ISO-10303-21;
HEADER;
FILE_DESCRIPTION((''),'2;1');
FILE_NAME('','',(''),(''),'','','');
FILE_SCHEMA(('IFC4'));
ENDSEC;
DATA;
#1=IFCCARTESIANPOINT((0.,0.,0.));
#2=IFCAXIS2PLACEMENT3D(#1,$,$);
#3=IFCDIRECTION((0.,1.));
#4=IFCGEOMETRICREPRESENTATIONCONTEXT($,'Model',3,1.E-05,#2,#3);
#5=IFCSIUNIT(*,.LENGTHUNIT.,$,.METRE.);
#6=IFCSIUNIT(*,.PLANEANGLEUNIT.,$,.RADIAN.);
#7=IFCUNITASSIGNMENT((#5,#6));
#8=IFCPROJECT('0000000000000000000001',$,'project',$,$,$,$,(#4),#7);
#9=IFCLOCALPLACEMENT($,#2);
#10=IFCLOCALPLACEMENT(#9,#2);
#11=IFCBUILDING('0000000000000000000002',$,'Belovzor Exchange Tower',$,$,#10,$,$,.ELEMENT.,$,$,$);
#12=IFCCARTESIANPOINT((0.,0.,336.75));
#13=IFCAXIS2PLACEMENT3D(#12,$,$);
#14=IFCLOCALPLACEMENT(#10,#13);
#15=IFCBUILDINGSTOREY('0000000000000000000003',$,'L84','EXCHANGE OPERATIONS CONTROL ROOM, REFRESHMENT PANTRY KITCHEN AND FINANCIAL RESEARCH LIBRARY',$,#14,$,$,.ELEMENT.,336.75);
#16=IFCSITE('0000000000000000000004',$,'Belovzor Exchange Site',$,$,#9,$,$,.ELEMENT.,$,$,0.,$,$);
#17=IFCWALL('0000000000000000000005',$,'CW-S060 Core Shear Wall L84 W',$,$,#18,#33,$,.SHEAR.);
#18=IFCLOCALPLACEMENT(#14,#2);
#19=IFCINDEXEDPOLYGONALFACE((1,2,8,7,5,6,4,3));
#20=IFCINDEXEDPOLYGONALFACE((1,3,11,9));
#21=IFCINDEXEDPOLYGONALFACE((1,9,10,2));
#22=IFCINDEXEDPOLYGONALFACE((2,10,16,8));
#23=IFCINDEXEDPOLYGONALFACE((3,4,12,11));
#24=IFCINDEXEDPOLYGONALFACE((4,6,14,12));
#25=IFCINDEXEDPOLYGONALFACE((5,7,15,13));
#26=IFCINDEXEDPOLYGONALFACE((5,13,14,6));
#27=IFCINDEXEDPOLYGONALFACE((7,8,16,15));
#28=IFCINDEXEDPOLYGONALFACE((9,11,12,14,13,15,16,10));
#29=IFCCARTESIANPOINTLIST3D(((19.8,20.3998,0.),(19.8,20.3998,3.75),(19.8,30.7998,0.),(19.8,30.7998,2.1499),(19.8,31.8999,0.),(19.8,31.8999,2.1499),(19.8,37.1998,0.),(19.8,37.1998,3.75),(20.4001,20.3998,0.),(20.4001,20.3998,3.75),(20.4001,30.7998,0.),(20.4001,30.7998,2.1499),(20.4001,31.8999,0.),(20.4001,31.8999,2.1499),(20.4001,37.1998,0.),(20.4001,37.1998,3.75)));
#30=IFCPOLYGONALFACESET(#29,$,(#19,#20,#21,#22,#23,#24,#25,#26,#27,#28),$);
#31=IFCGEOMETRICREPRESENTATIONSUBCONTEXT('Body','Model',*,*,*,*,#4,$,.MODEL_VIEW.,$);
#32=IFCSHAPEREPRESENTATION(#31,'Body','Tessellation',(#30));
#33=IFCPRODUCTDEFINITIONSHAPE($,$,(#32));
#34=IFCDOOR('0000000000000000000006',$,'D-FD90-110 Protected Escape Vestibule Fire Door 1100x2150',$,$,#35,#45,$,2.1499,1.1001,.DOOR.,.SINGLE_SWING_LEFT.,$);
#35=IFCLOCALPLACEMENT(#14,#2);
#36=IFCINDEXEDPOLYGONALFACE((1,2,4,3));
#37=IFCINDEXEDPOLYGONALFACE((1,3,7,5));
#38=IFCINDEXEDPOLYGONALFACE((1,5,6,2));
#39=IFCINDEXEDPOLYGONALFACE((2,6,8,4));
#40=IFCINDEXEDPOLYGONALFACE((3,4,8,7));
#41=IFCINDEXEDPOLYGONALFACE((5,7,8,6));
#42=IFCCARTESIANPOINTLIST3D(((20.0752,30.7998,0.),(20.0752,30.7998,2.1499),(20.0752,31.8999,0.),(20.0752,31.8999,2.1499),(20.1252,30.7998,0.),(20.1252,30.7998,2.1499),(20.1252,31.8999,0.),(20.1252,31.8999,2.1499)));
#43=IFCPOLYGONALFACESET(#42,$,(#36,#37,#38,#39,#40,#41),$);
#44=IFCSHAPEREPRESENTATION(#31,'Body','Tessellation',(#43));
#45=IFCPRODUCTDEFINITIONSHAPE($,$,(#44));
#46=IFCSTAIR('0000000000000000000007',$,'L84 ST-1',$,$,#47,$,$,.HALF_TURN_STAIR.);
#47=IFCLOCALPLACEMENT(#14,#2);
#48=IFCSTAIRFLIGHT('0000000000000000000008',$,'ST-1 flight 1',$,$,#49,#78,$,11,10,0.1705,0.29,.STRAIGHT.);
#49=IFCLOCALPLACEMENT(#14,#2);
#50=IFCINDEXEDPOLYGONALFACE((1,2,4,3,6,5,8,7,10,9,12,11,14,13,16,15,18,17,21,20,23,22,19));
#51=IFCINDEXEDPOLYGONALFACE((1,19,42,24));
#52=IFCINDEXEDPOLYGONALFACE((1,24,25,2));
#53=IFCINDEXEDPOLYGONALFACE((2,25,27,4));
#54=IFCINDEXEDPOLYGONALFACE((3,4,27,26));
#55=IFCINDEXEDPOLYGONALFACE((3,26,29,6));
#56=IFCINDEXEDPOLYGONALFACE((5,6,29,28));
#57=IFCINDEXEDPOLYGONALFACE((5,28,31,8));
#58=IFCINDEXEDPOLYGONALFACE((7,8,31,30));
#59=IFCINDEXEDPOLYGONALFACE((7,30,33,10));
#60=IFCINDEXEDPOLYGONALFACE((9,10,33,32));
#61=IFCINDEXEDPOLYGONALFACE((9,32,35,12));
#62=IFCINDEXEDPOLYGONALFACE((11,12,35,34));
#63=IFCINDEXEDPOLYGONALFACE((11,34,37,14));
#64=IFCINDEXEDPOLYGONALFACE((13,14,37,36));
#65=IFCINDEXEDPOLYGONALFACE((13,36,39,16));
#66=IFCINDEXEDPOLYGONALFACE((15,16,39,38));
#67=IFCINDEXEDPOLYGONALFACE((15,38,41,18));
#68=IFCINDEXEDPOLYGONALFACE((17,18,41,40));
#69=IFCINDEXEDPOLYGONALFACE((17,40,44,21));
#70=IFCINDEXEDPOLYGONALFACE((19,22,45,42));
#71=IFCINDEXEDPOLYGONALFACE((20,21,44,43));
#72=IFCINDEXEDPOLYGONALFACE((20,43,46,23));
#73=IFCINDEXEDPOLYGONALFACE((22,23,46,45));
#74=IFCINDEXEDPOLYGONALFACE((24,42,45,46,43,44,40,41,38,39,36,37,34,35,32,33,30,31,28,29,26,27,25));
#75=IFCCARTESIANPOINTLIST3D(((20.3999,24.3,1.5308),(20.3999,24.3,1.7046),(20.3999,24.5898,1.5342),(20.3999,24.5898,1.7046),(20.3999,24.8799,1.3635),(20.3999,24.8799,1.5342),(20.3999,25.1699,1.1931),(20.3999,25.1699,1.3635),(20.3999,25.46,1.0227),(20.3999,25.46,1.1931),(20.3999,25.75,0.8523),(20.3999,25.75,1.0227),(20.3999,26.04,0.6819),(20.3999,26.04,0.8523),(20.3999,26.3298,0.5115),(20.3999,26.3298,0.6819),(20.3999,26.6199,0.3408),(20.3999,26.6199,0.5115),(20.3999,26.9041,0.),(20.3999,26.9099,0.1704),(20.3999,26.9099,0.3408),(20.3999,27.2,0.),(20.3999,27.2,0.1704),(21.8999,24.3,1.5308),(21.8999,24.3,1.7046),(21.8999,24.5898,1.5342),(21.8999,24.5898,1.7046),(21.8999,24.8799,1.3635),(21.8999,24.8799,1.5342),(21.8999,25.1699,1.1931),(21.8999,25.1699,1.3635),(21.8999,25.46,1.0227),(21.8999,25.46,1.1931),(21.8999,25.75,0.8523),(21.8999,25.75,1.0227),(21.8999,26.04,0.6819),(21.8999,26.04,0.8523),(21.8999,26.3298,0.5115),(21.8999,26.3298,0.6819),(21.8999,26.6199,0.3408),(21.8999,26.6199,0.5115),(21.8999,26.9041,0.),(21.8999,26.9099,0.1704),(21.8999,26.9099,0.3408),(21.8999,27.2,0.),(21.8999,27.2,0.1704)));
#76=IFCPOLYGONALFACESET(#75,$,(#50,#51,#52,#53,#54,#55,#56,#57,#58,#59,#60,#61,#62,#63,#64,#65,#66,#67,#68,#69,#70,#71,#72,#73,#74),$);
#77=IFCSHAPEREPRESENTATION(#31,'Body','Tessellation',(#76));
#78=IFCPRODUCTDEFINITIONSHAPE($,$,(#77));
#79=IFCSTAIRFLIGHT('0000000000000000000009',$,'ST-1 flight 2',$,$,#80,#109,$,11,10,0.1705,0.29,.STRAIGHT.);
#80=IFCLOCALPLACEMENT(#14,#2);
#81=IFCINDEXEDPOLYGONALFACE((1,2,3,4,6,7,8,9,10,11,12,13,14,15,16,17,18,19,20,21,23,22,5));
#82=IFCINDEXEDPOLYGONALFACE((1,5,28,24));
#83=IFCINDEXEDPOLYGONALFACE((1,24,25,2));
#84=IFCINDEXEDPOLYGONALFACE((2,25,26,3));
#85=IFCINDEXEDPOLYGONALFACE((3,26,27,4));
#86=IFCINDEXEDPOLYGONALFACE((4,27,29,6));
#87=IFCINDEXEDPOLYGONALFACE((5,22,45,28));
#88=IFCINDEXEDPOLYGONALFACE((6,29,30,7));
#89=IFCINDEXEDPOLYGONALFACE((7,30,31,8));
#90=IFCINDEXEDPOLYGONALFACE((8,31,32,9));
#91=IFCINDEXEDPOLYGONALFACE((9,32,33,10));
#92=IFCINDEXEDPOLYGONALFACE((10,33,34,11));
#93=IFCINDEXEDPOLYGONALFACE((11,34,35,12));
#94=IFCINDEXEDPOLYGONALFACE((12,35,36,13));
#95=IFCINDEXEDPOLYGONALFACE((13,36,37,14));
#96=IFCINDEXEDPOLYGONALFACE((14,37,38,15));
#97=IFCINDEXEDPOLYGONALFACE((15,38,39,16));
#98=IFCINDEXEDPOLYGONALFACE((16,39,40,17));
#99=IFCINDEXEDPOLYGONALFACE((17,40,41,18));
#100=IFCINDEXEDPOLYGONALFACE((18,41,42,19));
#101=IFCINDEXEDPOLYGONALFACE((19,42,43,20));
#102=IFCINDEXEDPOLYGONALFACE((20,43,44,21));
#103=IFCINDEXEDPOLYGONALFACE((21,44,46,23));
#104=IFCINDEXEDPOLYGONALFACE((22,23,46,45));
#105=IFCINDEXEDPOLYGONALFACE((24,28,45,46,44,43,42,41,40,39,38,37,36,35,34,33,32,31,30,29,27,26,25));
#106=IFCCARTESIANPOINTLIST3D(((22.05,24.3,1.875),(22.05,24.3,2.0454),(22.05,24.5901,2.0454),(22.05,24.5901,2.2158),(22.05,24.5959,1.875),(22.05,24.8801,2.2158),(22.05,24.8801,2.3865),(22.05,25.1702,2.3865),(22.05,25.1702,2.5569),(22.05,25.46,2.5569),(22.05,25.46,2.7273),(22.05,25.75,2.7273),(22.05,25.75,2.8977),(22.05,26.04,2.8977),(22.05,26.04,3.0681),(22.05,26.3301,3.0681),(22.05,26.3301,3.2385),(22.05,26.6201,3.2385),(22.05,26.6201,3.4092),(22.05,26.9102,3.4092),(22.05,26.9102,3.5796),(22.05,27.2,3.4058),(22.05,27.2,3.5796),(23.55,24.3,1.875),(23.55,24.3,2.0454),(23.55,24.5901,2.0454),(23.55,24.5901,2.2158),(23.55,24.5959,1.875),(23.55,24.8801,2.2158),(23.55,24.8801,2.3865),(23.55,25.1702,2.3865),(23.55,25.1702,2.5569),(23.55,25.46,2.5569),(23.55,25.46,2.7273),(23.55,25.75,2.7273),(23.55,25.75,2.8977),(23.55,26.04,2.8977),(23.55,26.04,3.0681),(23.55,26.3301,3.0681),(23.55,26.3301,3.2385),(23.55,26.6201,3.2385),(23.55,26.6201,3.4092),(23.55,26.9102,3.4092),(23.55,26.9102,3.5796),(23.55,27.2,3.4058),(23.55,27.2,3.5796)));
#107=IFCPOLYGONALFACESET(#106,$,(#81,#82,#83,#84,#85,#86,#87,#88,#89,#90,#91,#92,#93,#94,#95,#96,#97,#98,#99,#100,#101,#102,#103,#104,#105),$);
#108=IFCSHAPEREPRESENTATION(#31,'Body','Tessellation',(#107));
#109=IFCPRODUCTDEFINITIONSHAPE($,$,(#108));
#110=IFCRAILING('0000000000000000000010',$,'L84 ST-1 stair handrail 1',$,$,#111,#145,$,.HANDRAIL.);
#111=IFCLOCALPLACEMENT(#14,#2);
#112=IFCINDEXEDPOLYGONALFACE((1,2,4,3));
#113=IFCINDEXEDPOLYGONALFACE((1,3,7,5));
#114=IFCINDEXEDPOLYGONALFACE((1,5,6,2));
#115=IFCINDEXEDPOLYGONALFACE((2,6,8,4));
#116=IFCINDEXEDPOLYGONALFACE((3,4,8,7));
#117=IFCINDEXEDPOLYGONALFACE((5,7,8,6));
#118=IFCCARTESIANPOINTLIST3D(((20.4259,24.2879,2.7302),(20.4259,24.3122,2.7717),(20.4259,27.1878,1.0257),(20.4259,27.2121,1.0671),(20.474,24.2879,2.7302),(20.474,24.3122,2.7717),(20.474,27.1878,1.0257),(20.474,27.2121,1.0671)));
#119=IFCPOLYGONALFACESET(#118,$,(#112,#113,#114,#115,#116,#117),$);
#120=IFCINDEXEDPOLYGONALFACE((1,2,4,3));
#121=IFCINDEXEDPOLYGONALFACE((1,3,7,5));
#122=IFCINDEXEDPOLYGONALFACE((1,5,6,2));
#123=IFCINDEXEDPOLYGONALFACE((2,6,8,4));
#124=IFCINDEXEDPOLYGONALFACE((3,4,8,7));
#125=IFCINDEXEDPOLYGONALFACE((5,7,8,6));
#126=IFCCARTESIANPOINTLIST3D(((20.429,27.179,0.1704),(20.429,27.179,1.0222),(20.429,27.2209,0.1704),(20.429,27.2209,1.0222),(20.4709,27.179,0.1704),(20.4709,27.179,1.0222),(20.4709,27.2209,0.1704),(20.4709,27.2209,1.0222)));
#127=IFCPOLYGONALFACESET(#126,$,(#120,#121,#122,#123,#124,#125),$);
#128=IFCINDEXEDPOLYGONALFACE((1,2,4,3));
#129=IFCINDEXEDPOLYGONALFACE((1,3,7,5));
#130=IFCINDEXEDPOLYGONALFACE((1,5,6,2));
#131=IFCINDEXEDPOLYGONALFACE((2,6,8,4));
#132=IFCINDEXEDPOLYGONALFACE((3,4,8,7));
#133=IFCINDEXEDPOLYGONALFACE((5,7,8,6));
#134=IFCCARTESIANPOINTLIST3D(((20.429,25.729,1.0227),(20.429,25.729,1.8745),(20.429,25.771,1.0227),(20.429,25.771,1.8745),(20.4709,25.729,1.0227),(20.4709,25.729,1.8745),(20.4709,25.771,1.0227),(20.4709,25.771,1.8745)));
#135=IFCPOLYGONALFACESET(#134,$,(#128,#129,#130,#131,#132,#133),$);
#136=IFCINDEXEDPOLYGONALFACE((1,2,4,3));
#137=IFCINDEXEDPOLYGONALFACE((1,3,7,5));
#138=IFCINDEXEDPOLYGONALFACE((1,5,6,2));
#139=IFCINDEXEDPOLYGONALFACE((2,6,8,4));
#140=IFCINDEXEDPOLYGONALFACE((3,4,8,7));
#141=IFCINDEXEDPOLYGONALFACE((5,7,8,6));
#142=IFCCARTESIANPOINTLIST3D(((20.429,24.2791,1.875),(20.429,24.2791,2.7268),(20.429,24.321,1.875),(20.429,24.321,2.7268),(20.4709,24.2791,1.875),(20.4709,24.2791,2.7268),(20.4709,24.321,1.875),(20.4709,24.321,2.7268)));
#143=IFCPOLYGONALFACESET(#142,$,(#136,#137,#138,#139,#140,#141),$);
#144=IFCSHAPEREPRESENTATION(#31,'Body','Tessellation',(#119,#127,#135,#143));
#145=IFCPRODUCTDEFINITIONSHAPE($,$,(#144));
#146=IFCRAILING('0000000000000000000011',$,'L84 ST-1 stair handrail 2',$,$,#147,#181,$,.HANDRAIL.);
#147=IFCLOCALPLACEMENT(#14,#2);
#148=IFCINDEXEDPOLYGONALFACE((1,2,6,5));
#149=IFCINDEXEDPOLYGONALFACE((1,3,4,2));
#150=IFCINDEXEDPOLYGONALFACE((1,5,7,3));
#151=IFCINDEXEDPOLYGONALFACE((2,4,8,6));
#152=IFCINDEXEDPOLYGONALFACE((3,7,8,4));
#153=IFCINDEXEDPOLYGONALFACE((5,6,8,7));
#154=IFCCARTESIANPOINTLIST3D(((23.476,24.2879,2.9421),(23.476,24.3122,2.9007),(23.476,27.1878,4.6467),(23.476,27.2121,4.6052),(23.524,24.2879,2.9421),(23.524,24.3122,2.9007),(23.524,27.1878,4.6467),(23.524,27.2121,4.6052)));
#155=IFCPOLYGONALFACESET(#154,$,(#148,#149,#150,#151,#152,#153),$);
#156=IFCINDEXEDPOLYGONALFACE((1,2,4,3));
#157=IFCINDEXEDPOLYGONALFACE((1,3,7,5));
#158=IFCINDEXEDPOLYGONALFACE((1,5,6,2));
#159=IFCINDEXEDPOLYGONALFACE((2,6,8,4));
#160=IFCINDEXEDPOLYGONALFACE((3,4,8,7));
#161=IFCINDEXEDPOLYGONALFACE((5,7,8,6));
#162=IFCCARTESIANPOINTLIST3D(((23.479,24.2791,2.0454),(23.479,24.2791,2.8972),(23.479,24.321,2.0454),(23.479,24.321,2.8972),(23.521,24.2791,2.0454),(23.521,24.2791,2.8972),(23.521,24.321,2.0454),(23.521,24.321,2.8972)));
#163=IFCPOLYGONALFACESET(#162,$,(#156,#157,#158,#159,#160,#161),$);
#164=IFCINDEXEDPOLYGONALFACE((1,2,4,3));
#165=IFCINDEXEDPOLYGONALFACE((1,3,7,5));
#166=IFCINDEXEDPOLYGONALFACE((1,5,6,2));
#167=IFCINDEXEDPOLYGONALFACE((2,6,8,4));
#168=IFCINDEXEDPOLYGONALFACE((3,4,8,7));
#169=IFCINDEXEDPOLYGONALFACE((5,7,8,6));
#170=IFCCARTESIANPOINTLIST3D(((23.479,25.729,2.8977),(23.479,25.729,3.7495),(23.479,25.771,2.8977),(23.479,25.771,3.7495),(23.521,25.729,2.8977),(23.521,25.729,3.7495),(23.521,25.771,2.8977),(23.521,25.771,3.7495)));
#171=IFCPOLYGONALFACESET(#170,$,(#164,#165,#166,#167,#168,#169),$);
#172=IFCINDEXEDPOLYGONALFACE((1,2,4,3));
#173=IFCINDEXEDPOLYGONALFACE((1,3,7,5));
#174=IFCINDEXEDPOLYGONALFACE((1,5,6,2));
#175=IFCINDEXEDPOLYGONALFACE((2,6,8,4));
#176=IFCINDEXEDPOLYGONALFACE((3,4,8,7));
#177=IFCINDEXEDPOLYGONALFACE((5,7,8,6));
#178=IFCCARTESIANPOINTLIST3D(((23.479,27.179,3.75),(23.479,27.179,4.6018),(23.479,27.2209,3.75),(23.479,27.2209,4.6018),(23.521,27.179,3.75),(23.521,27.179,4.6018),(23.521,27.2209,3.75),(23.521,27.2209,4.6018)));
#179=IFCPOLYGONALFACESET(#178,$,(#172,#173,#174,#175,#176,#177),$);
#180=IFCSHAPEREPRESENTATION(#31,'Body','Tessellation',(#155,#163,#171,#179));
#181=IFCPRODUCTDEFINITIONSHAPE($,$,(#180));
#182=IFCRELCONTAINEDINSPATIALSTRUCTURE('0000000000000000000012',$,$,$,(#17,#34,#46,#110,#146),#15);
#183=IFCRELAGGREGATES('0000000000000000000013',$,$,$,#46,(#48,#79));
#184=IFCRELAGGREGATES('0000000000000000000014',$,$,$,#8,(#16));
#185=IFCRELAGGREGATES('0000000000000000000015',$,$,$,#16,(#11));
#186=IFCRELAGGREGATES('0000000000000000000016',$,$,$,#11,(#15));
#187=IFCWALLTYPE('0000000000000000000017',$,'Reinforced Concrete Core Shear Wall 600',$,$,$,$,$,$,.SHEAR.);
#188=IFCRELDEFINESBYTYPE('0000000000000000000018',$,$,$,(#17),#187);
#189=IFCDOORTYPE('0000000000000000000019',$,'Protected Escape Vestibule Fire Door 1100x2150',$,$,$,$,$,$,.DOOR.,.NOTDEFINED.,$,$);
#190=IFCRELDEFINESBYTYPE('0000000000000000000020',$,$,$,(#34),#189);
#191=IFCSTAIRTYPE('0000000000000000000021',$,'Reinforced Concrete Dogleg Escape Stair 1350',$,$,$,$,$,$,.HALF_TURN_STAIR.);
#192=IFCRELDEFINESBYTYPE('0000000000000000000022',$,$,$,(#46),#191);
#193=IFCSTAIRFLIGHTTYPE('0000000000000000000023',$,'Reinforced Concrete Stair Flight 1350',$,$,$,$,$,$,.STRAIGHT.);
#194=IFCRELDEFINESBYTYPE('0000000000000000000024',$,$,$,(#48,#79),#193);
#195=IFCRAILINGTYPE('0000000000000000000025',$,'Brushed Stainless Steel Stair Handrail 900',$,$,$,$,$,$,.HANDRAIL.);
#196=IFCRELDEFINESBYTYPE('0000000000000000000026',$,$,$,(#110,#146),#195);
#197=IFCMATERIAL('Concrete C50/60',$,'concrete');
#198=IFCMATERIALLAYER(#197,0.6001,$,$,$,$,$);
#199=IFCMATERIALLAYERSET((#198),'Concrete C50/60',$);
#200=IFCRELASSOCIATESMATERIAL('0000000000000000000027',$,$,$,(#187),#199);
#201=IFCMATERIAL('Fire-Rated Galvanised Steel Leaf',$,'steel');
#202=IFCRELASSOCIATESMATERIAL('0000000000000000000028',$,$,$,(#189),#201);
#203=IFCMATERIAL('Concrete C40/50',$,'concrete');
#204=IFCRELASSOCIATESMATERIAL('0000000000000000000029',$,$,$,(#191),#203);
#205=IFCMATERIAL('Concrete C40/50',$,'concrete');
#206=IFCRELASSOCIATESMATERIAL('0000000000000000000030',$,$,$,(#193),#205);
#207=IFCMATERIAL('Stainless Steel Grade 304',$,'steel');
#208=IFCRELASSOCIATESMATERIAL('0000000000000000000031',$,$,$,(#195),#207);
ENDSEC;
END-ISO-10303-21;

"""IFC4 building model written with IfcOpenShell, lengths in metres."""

from ifc_helpers import new_model, si_unit, direction, frame, frame_2d, origin, origin_2d, place, context, subcontext, project, spatial, polyline, rectangle, outline, extrude, material, layer, layer_set, type_object, element, fill, aggregate, save


model = new_model("IFC4")

# Units and contexts
model_context = context("Model", 3, precision=1e-05, world=origin(), true_north=direction((0.0, 1.0)))
body_context = subcontext(model_context, "Body", "Model", "MODEL_VIEW")
ifc_project = project(units=[si_unit("LENGTHUNIT", "METRE"), si_unit("PLANEANGLEUNIT", "RADIAN")], contexts=[model_context])

# Site, building, storey
site_placement = place(None, origin())
site = spatial("IfcSite", under=ifc_project, at=site_placement, Name="Belovzor Exchange Site", CompositionType="ELEMENT", RefElevation=0.0)
building_placement = place(site_placement, origin())
building = spatial("IfcBuilding", under=site, at=building_placement, Name="Belovzor Exchange Tower", CompositionType="ELEMENT")
storey_placement = place(building_placement, frame((0.0, 0.0, 336.75)))
storey = spatial("IfcBuildingStorey", under=building, at=storey_placement, Name="L84", Description="EXCHANGE OPERATIONS CONTROL ROOM, REFRESHMENT PANTRY KITCHEN AND FINANCIAL RESEARCH LIBRARY", CompositionType="ELEMENT", Elevation=336.75)

# Shared definitions
ifc_material_1 = material(Name="Concrete C50/60", Category="concrete")
ifc_layer_1 = layer(ifc_material_1, 0.6001)
ifc_layer_set_1 = layer_set([ifc_layer_1], Name="Concrete C50/60")
wall_type_1 = type_object("IfcWallType", Name="Reinforced Concrete Core Shear Wall 600", PredefinedType="SHEAR", material=ifc_layer_set_1)

# Wall, opening, door
wall_1_placement = place(storey_placement, frame((20.1001, 20.3999, 0.0), z_axis=(0.0, 0.0, 1.0), x_axis=(0.0, 1.0, 0.0)))
wall_1 = element("IfcWall", 1, at=wall_1_placement, inside=storey, type_object=wall_type_1, Name="CW-S060 Core Shear Wall L84 W", PredefinedType="SHEAR", context=body_context, shape_type="SweptSolid", body=[
    extrude(rectangle(XDim=16.8, YDim=0.6001, at=frame_2d((8.3999, 0.0))), origin(), (0.0, 0.0, 1.0), 3.75),
])
opening_placement = place(wall_1_placement, frame((10.3999, 0.0, 0.0)))
opening = element("IfcOpeningElement", 2, at=opening_placement, cuts=wall_1, PredefinedType="OPENING", context=body_context, shape_type="SweptSolid", body=[
    extrude(rectangle(XDim=1.1001, YDim=2.1499, at=frame_2d((0.55, 1.075))), frame((0.0, 0.3101, 0.0), z_axis=(0.0, -1.0, 0.0), x_axis=(1.0, 0.0, 0.0)), (0.0, 0.0, 1.0), 0.6201),
])
ifc_material_2 = material(Name="Fire-Rated Galvanised Steel Leaf", Category="steel")
door_type = type_object("IfcDoorType", Name="Protected Escape Vestibule Fire Door 1100x2150", OperationType="NOTDEFINED", PredefinedType="DOOR", material=ifc_material_2)
door_placement = place(opening_placement, origin())
door = element("IfcDoor", 3, at=door_placement, inside=storey, type_object=door_type, Name="D-FD90-110 Protected Escape Vestibule Fire Door 1100x2150", OperationType="SINGLE_SWING_LEFT", OverallHeight=2.1499, OverallWidth=1.1001, PredefinedType="DOOR", context=body_context, shape_type="SweptSolid", body=[
    extrude(rectangle(XDim=1.1001, YDim=2.1499, at=frame_2d((0.55, 1.075))), frame((0.0, 0.0249, 0.0), z_axis=(0.0, -1.0, 0.0), x_axis=(1.0, 0.0, 0.0)), (0.0, 0.0, 1.0), 0.05),
])
fill(opening, door)

# Stair, stair flights
ifc_material_3 = material(Name="Concrete C40/50", Category="concrete")
stair_type = type_object("IfcStairType", Name="Reinforced Concrete Dogleg Escape Stair 1350", PredefinedType="HALF_TURN_STAIR", material=ifc_material_3)
stair_placement = place(storey_placement, origin())
stair = element("IfcStair", 4, at=stair_placement, inside=storey, type_object=stair_type, Name="L84 ST-1", PredefinedType="HALF_TURN_STAIR")
ifc_material_4 = material(Name="Concrete C40/50", Category="concrete")
stair_flight_type = type_object("IfcStairFlightType", Name="Reinforced Concrete Stair Flight 1350", PredefinedType="STRAIGHT", material=ifc_material_4)
stair_flight_1_placement = place(storey_placement, frame((21.1499, 27.2, 0.0), z_axis=(0.0, 0.0, 1.0), x_axis=(0.0, -1.0, 0.0)))
stair_flight_1 = element("IfcStairFlight", 5, at=stair_flight_1_placement, type_object=stair_flight_type, Name="ST-1 flight 1", NumberOfRisers=11, NumberOfTreads=10, PredefinedType="STRAIGHT", RiserHeight=0.1705, TreadLength=0.29, context=body_context, shape_type="SweptSolid", body=[
    extrude(outline(polyline([(0.0, 0.0), (0.0, 0.1704), (0.29, 0.1704), (0.29, 0.3408), (0.5801, 0.3408), (0.5801, 0.5115), (0.8701, 0.5115), (0.8701, 0.6819), (1.1599, 0.6819), (1.1599, 0.8523), (1.45, 0.8523), (1.45, 1.0227), (1.74, 1.0227), (1.74, 1.1931), (2.03, 1.1931), (2.03, 1.3635), (2.3201, 1.3635), (2.3201, 1.5342), (2.6101, 1.5342), (2.6101, 1.7046), (2.8999, 1.7046), (2.8999, 1.875), (2.8999, 1.5308), (0.2959, 0.0), (0.0, 0.0)])), frame((0.0, 0.75, 0.0), z_axis=(0.0, -1.0, 0.0), x_axis=(1.0, 0.0, 0.0)), (0.0, 0.0, 1.0), 1.5),
])
stair_flight_2_placement = place(storey_placement, frame((22.8, 24.3, 1.875), z_axis=(0.0, 0.0, 1.0), x_axis=(0.0, 1.0, 0.0)))
stair_flight_2 = element("IfcStairFlight", 6, at=stair_flight_2_placement, type_object=stair_flight_type, Name="ST-1 flight 2", NumberOfRisers=11, NumberOfTreads=10, PredefinedType="STRAIGHT", RiserHeight=0.1705, TreadLength=0.29, context=body_context, shape_type="SweptSolid", body=[
    extrude(outline(polyline([(0.0, 0.0), (0.0, 0.1704), (0.29, 0.1704), (0.29, 0.3408), (0.5801, 0.3408), (0.5801, 0.5115), (0.8701, 0.5115), (0.8701, 0.6819), (1.1599, 0.6819), (1.1599, 0.8523), (1.45, 0.8523), (1.45, 1.0227), (1.74, 1.0227), (1.74, 1.1931), (2.03, 1.1931), (2.03, 1.3635), (2.3201, 1.3635), (2.3201, 1.5342), (2.6101, 1.5342), (2.6101, 1.7046), (2.8999, 1.7046), (2.8999, 1.875), (2.8999, 1.5308), (0.2959, 0.0), (0.0, 0.0)])), frame((0.0, 0.75, 0.0), z_axis=(0.0, -1.0, 0.0), x_axis=(1.0, 0.0, 0.0)), (0.0, 0.0, 1.0), 1.5),
])
aggregate(stair, [stair_flight_1, stair_flight_2])

# Railings
ifc_material_5 = material(Name="Stainless Steel Grade 304", Category="steel")
railing_type_1 = type_object("IfcRailingType", Name="Brushed Stainless Steel Stair Handrail 900", PredefinedType="HANDRAIL", material=ifc_material_5)
railing_1_placement = place(storey_placement, frame((20.45, 27.2, 0.1704)))
element("IfcRailing", 7, at=railing_1_placement, inside=storey, type_object=railing_type_1, Name="L84 ST-1 stair handrail 1", PredefinedType="HANDRAIL", context=body_context, shape_type="SweptSolid", body=[
    extrude(rectangle(XDim=0.0481, YDim=0.0481, at=origin_2d()), frame((0.0, 0.0, 0.876), z_axis=(0.0, -0.862095, 0.506747), x_axis=(1.0, 0.0, 0.0)), (0.0, 0.0, 1.0), 3.3638),
    extrude(rectangle(XDim=0.042, YDim=0.042, at=origin_2d()), origin(), (0.0, 0.0, 1.0), 0.8518),
    extrude(rectangle(XDim=0.042, YDim=0.042, at=origin_2d()), frame((0.0, -1.45, 0.8523)), (0.0, 0.0, 1.0), 0.8518),
    extrude(rectangle(XDim=0.042, YDim=0.042, at=origin_2d()), frame((0.0, -2.8999, 1.7046)), (0.0, 0.0, 1.0), 0.8518),
])
railing_2_placement = place(storey_placement, frame((23.5, 24.3, 2.0454)))
element("IfcRailing", 8, at=railing_2_placement, inside=storey, type_object=railing_type_1, Name="L84 ST-1 stair handrail 2", PredefinedType="HANDRAIL", context=body_context, shape_type="SweptSolid", body=[
    extrude(rectangle(XDim=0.0481, YDim=0.0481, at=origin_2d()), frame((0.0, 0.0, 0.876), z_axis=(0.0, 0.862095, 0.506747), x_axis=(-1.0, 0.0, 0.0)), (0.0, 0.0, 1.0), 3.3638),
    extrude(rectangle(XDim=0.042, YDim=0.042, at=origin_2d()), origin(), (0.0, 0.0, 1.0), 0.8518),
    extrude(rectangle(XDim=0.042, YDim=0.042, at=origin_2d()), frame((0.0, 1.45, 0.8523)), (0.0, 0.0, 1.0), 0.8518),
    extrude(rectangle(XDim=0.042, YDim=0.042, at=origin_2d()), frame((0.0, 2.8999, 1.7046)), (0.0, 0.0, 1.0), 0.8518),
])

save(model, "model.ifc")
